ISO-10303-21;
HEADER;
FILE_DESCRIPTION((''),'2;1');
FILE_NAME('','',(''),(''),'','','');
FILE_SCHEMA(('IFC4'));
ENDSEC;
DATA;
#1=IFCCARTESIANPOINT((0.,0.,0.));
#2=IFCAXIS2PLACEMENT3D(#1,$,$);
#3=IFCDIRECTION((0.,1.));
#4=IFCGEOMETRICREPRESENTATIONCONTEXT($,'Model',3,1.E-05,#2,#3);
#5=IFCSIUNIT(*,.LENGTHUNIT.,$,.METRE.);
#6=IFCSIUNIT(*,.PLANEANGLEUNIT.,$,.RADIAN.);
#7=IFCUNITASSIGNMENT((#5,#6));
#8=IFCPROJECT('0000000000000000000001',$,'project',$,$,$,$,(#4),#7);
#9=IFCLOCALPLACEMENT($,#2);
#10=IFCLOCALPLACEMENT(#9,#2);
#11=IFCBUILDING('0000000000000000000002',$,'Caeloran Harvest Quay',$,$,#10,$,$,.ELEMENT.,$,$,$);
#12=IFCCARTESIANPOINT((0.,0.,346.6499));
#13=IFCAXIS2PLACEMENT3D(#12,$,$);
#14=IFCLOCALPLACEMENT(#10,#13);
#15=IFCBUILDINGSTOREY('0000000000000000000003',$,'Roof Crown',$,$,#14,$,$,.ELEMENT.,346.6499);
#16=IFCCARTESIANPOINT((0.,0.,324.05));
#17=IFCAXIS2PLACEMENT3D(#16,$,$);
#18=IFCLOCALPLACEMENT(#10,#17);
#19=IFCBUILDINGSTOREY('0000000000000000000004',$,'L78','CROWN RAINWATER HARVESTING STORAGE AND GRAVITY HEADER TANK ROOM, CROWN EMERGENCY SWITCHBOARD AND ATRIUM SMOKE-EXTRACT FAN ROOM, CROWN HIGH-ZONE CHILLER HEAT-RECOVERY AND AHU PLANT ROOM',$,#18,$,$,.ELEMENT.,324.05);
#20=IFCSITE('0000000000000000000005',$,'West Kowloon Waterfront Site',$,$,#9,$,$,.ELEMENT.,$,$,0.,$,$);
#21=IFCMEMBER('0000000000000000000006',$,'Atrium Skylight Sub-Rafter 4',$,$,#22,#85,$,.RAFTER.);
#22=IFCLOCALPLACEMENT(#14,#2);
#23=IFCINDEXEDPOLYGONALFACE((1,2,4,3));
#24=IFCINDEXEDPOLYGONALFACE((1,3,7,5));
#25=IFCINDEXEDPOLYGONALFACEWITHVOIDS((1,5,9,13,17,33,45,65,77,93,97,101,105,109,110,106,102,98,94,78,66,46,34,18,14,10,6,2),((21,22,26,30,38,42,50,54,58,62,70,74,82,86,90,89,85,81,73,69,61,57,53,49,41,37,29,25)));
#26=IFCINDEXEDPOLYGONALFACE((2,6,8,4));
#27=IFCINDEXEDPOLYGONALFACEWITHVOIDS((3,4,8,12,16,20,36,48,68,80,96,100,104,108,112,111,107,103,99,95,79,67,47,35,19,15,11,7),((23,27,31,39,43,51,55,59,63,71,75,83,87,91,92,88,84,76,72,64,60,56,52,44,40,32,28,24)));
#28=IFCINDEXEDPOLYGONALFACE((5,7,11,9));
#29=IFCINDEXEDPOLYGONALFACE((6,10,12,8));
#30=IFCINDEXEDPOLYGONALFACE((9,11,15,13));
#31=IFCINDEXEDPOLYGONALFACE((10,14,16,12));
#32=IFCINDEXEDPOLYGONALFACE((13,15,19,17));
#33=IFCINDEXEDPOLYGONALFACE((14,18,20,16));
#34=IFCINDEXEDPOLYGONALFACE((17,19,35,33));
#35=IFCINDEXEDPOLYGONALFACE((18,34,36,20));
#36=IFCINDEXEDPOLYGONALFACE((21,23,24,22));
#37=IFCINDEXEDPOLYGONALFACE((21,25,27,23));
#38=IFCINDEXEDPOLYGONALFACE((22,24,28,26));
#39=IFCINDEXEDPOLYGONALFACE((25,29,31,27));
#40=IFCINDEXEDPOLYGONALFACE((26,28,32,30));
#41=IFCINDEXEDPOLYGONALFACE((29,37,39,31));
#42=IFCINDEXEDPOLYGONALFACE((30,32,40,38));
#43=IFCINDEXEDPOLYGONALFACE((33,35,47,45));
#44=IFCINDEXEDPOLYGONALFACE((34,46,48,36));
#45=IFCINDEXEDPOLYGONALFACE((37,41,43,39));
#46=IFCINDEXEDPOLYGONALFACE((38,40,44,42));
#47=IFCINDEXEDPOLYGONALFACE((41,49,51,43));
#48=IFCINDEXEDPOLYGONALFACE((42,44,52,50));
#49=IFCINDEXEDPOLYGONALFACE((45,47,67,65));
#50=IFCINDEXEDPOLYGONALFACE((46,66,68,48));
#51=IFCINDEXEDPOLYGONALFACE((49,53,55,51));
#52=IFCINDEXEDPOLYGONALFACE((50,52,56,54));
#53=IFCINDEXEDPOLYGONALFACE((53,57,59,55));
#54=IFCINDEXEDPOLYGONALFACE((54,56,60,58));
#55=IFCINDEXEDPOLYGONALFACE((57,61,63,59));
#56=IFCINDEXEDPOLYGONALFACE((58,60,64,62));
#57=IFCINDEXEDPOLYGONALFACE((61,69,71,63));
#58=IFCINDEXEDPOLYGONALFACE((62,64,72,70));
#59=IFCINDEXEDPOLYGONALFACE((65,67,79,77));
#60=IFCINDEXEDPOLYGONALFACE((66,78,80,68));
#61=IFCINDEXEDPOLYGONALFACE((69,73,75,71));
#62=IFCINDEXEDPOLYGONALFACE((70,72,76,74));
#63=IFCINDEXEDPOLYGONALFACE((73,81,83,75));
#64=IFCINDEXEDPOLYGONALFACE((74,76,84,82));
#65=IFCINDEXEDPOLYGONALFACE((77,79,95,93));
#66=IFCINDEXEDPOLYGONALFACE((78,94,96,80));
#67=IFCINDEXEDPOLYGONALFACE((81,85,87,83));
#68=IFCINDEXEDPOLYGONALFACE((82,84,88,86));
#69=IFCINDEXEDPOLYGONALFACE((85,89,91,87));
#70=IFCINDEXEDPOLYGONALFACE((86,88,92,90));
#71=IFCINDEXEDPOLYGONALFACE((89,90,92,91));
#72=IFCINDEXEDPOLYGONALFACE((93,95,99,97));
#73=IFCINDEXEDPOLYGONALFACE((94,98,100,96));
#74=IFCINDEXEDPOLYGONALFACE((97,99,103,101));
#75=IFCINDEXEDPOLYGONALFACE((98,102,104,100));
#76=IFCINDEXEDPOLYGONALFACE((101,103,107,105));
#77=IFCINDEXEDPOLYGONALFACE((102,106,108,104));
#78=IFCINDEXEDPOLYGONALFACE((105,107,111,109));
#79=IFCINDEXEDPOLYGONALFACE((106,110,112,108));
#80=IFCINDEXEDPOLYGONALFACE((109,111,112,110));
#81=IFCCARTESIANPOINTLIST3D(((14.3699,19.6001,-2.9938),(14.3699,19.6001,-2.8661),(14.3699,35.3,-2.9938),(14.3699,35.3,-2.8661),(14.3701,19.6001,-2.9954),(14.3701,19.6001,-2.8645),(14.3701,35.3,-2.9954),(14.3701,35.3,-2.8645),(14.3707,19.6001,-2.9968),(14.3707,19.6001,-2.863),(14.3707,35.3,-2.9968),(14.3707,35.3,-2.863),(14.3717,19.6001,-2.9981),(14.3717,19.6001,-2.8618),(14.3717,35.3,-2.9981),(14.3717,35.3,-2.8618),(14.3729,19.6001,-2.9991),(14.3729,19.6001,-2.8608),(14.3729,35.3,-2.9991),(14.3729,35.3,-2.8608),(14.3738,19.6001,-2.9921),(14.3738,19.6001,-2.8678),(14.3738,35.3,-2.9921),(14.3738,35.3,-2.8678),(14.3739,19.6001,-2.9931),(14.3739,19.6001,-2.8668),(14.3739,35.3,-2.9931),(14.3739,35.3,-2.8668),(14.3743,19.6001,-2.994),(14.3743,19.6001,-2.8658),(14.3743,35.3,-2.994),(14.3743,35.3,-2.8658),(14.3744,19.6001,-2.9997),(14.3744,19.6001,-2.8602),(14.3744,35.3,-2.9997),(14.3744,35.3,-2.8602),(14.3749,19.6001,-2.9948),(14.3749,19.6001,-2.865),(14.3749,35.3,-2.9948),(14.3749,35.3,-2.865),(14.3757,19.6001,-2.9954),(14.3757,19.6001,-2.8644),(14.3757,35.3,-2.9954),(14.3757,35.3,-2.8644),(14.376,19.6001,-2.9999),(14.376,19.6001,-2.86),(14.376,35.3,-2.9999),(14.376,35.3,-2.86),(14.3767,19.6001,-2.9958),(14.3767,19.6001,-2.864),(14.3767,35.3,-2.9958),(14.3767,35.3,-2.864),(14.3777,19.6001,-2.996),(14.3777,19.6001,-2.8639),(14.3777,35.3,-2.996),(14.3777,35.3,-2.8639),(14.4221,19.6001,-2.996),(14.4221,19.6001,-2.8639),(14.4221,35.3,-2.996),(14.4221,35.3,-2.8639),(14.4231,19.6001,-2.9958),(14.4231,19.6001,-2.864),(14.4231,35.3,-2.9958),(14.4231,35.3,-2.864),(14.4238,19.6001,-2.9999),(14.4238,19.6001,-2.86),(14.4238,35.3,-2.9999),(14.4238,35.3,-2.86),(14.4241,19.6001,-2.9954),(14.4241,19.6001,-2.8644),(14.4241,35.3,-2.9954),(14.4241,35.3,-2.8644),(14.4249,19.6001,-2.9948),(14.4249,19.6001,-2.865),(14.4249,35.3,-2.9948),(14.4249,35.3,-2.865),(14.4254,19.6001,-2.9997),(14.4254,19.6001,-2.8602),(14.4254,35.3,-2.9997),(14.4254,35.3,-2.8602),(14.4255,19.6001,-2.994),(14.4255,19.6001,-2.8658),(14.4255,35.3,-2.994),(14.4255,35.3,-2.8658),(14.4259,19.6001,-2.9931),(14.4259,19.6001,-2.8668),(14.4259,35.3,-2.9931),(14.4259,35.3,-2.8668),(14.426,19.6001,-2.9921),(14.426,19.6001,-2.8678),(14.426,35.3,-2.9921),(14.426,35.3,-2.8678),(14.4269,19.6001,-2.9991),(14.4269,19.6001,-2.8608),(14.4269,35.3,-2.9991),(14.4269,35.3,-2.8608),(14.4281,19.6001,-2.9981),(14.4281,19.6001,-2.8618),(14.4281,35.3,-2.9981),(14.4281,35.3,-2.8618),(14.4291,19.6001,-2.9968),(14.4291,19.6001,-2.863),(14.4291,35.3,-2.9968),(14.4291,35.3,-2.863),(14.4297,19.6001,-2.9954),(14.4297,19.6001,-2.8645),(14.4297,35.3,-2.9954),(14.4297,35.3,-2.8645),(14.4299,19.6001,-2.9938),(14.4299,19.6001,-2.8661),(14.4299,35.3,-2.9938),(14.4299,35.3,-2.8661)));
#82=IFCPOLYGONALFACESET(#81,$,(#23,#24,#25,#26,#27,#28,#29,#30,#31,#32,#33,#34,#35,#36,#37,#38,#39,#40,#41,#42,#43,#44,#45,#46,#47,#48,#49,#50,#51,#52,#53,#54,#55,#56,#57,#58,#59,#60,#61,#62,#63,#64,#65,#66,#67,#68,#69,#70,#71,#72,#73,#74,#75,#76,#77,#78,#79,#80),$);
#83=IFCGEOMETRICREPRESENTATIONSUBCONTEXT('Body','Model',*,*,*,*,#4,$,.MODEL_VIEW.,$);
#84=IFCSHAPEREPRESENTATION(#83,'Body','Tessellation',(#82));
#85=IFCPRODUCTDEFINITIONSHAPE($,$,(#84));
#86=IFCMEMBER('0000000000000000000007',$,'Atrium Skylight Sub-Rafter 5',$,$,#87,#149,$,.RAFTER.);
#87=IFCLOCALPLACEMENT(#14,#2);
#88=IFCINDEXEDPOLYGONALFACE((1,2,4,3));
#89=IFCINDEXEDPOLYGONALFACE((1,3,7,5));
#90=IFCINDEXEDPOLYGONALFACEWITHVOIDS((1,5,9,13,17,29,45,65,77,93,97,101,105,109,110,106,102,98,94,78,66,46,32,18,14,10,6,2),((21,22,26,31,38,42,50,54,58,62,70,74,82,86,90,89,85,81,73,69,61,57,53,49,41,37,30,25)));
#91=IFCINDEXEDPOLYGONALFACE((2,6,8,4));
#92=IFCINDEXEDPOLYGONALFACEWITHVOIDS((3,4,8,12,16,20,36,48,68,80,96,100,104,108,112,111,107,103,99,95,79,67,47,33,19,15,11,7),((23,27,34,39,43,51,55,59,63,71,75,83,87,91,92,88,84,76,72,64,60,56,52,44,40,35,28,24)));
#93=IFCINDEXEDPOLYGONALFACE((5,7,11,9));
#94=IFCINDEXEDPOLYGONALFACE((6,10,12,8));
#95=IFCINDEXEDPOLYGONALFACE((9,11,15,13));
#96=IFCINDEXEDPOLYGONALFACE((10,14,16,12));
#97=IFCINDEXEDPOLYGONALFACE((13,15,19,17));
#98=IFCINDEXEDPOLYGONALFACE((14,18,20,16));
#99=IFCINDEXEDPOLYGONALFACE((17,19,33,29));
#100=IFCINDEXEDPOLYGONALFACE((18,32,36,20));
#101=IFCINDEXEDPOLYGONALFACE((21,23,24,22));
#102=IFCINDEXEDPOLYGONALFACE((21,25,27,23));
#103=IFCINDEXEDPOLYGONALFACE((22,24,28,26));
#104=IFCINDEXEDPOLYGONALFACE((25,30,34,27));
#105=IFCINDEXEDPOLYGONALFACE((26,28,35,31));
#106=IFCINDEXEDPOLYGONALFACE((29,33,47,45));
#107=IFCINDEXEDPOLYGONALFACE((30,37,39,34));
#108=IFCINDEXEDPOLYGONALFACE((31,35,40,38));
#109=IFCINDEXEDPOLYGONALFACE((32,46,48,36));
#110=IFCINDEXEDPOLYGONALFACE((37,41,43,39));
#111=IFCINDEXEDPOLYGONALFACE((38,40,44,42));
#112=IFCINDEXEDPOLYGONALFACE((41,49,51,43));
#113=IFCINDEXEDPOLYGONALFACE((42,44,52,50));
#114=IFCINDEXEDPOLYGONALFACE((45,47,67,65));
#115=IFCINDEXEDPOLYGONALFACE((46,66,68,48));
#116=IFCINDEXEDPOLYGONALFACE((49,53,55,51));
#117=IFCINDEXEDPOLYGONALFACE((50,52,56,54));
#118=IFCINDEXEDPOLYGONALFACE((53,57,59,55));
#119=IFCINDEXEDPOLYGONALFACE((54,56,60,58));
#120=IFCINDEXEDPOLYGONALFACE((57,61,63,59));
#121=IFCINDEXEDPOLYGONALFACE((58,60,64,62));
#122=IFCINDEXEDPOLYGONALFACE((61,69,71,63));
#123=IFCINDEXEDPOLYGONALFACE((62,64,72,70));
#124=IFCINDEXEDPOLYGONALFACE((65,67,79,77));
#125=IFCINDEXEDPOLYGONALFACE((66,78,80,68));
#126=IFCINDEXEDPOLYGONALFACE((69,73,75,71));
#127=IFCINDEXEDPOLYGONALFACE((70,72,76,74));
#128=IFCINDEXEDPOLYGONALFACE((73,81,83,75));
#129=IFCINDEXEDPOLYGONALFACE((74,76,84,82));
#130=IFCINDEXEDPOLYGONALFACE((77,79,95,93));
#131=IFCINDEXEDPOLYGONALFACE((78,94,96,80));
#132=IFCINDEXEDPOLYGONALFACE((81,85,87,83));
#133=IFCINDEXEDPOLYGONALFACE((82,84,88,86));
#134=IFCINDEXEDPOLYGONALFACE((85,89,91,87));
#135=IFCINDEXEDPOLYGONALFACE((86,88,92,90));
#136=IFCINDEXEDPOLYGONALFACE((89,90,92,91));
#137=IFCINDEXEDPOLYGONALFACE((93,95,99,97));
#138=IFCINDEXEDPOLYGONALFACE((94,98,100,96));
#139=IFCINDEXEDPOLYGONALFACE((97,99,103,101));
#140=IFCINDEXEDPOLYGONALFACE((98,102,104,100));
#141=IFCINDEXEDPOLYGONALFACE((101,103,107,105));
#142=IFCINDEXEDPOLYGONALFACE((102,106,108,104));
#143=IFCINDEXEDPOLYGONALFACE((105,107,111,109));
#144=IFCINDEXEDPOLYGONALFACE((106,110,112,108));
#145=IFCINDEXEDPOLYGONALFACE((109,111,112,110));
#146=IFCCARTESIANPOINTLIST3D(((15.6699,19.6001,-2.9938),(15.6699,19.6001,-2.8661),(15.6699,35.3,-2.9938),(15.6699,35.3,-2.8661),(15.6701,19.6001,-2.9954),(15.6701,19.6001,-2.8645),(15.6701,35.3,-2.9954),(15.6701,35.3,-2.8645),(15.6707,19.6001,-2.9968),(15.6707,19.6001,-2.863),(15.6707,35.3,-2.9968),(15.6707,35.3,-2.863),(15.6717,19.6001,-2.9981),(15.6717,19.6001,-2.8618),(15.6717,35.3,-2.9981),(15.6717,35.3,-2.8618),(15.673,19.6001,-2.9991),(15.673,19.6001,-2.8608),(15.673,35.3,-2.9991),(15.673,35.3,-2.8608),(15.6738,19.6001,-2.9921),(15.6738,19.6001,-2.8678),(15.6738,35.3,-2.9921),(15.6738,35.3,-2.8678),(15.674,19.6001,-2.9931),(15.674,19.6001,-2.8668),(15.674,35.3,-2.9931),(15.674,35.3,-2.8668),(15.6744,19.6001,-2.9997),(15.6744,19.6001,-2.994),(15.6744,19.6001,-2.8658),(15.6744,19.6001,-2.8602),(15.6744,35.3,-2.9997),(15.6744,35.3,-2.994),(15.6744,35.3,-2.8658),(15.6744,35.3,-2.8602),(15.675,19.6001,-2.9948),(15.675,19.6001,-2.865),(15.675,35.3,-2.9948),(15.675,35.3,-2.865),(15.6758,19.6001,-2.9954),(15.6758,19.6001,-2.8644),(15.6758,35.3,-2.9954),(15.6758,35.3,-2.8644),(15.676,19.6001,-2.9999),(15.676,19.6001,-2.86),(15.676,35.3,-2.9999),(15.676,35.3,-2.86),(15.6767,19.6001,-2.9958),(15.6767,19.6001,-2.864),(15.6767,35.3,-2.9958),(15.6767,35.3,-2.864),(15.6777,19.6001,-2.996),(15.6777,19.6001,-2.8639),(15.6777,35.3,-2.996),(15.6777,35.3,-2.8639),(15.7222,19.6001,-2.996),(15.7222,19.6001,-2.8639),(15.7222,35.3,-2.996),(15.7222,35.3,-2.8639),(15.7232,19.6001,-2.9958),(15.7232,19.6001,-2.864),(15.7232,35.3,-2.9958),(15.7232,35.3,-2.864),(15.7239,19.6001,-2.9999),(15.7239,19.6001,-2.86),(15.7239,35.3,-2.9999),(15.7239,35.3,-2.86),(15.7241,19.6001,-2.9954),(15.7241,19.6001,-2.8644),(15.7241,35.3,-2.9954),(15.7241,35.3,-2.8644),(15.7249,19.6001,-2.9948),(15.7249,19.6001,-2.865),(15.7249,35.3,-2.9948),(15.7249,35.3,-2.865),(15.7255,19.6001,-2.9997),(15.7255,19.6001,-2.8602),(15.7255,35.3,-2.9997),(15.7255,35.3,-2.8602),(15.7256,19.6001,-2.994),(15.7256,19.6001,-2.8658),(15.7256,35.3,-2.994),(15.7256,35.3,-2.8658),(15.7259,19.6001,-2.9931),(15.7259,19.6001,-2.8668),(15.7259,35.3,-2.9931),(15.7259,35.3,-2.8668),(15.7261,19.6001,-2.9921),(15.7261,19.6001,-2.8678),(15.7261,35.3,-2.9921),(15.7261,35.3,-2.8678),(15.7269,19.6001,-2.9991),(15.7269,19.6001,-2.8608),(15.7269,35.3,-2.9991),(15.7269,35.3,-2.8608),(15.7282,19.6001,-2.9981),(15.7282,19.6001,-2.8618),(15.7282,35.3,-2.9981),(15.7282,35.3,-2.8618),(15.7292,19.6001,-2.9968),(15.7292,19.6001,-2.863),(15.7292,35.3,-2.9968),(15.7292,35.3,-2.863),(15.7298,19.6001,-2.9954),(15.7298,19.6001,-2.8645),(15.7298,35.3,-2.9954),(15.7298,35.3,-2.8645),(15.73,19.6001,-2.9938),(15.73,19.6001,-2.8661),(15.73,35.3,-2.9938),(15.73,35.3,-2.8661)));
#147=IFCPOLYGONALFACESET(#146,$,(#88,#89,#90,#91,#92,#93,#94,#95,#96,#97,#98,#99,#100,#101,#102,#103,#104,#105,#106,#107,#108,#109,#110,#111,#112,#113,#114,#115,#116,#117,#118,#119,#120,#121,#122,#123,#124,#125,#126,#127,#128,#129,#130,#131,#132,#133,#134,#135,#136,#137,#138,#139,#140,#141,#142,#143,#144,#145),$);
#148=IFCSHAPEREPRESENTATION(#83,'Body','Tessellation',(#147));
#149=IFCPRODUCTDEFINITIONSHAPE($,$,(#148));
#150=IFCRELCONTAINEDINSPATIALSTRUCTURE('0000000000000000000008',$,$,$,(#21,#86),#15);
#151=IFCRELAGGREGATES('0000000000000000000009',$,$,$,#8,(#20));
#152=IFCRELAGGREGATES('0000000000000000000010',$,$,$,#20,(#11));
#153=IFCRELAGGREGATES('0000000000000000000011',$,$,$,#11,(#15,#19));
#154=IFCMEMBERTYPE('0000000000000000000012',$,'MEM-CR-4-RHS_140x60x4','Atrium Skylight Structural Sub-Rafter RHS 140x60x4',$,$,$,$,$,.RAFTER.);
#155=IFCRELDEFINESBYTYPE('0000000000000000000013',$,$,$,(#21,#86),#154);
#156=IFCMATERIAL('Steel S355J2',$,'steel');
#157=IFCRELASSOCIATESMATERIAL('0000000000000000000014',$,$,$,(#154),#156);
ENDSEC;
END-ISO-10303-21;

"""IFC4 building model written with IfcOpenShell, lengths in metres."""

from ifc_helpers import new_model, si_unit, direction, frame, origin, origin_2d, place, context, subcontext, project, spatial, hollow_rectangle, extrude, material, material_profile, profile_set, type_object, element, save


model = new_model("IFC4")

# Units and contexts
model_context = context("Model", 3, precision=1e-05, world=origin(), true_north=direction((0.0, 1.0)))
body_context = subcontext(model_context, "Body", "Model", "MODEL_VIEW")
ifc_project = project(units=[si_unit("LENGTHUNIT", "METRE"), si_unit("PLANEANGLEUNIT", "RADIAN")], contexts=[model_context])

# Site, building, storey
site_placement = place(None, origin())
site = spatial("IfcSite", under=ifc_project, at=site_placement, Name="West Kowloon Waterfront Site", CompositionType="ELEMENT", RefElevation=0.0)
building_placement = place(site_placement, origin())
building = spatial("IfcBuilding", under=site, at=building_placement, Name="Caeloran Harvest Quay", CompositionType="ELEMENT")
storey_1_placement = place(building_placement, frame((0.0, 0.0, 346.6499)))
storey_1 = spatial("IfcBuildingStorey", under=building, at=storey_1_placement, Name="Roof Crown", CompositionType="ELEMENT", Elevation=346.6499)

# Members
ifc_material_1 = material(Name="Steel S355J2", Category="steel")
ifc_material_profile_1 = material_profile(ifc_material_1, hollow_rectangle(XDim=0.0601, YDim=0.1399, WallThickness=0.0039, InnerFilletRadius=0.0039, OuterFilletRadius=0.0061, at=origin_2d()), Name="RHS 140x60x4")
ifc_profile_set_1 = profile_set([ifc_material_profile_1], Name="Steel S355J2")
member_type_1 = type_object("IfcMemberType", Name="MEM-CR-4-RHS_140x60x4", Description="Atrium Skylight Structural Sub-Rafter RHS 140x60x4", PredefinedType="RAFTER", material=ifc_profile_set_1)
for number, where, z_axis, x_axis, name in (
    (1, (14.3999, 19.6001, -2.9299), (0.0, 1.0, 0.0), (-1.0, 0.0, 0.0), "Atrium Skylight Sub-Rafter 4"),
    (2, (15.7, 19.6001, -2.9299), (0.0, 1.0, 0.0), (-1.0, 0.0, 0.0), "Atrium Skylight Sub-Rafter 5"),
):
    element("IfcMember", number, at=place(storey_1_placement, frame(where, z_axis=z_axis, x_axis=x_axis)), inside=storey_1, type_object=member_type_1, Name=name, PredefinedType="RAFTER", context=body_context, shape_type="SweptSolid", body=[
        extrude(hollow_rectangle(XDim=0.0601, YDim=0.1399, WallThickness=0.0039, InnerFilletRadius=0.0039, OuterFilletRadius=0.0061, at=origin_2d()), origin(), (0.0, 0.0, 1.0), 15.7),
    ])

# Shared definitions
storey_2_placement = place(building_placement, frame((0.0, 0.0, 324.05)))
storey_2 = spatial("IfcBuildingStorey", under=building, at=storey_2_placement, Name="L78", Description="CROWN RAINWATER HARVESTING STORAGE AND GRAVITY HEADER TANK ROOM, CROWN EMERGENCY SWITCHBOARD AND ATRIUM SMOKE-EXTRACT FAN ROOM, CROWN HIGH-ZONE CHILLER HEAT-RECOVERY AND AHU PLANT ROOM", CompositionType="ELEMENT", Elevation=324.05)

save(model, "model.ifc")
